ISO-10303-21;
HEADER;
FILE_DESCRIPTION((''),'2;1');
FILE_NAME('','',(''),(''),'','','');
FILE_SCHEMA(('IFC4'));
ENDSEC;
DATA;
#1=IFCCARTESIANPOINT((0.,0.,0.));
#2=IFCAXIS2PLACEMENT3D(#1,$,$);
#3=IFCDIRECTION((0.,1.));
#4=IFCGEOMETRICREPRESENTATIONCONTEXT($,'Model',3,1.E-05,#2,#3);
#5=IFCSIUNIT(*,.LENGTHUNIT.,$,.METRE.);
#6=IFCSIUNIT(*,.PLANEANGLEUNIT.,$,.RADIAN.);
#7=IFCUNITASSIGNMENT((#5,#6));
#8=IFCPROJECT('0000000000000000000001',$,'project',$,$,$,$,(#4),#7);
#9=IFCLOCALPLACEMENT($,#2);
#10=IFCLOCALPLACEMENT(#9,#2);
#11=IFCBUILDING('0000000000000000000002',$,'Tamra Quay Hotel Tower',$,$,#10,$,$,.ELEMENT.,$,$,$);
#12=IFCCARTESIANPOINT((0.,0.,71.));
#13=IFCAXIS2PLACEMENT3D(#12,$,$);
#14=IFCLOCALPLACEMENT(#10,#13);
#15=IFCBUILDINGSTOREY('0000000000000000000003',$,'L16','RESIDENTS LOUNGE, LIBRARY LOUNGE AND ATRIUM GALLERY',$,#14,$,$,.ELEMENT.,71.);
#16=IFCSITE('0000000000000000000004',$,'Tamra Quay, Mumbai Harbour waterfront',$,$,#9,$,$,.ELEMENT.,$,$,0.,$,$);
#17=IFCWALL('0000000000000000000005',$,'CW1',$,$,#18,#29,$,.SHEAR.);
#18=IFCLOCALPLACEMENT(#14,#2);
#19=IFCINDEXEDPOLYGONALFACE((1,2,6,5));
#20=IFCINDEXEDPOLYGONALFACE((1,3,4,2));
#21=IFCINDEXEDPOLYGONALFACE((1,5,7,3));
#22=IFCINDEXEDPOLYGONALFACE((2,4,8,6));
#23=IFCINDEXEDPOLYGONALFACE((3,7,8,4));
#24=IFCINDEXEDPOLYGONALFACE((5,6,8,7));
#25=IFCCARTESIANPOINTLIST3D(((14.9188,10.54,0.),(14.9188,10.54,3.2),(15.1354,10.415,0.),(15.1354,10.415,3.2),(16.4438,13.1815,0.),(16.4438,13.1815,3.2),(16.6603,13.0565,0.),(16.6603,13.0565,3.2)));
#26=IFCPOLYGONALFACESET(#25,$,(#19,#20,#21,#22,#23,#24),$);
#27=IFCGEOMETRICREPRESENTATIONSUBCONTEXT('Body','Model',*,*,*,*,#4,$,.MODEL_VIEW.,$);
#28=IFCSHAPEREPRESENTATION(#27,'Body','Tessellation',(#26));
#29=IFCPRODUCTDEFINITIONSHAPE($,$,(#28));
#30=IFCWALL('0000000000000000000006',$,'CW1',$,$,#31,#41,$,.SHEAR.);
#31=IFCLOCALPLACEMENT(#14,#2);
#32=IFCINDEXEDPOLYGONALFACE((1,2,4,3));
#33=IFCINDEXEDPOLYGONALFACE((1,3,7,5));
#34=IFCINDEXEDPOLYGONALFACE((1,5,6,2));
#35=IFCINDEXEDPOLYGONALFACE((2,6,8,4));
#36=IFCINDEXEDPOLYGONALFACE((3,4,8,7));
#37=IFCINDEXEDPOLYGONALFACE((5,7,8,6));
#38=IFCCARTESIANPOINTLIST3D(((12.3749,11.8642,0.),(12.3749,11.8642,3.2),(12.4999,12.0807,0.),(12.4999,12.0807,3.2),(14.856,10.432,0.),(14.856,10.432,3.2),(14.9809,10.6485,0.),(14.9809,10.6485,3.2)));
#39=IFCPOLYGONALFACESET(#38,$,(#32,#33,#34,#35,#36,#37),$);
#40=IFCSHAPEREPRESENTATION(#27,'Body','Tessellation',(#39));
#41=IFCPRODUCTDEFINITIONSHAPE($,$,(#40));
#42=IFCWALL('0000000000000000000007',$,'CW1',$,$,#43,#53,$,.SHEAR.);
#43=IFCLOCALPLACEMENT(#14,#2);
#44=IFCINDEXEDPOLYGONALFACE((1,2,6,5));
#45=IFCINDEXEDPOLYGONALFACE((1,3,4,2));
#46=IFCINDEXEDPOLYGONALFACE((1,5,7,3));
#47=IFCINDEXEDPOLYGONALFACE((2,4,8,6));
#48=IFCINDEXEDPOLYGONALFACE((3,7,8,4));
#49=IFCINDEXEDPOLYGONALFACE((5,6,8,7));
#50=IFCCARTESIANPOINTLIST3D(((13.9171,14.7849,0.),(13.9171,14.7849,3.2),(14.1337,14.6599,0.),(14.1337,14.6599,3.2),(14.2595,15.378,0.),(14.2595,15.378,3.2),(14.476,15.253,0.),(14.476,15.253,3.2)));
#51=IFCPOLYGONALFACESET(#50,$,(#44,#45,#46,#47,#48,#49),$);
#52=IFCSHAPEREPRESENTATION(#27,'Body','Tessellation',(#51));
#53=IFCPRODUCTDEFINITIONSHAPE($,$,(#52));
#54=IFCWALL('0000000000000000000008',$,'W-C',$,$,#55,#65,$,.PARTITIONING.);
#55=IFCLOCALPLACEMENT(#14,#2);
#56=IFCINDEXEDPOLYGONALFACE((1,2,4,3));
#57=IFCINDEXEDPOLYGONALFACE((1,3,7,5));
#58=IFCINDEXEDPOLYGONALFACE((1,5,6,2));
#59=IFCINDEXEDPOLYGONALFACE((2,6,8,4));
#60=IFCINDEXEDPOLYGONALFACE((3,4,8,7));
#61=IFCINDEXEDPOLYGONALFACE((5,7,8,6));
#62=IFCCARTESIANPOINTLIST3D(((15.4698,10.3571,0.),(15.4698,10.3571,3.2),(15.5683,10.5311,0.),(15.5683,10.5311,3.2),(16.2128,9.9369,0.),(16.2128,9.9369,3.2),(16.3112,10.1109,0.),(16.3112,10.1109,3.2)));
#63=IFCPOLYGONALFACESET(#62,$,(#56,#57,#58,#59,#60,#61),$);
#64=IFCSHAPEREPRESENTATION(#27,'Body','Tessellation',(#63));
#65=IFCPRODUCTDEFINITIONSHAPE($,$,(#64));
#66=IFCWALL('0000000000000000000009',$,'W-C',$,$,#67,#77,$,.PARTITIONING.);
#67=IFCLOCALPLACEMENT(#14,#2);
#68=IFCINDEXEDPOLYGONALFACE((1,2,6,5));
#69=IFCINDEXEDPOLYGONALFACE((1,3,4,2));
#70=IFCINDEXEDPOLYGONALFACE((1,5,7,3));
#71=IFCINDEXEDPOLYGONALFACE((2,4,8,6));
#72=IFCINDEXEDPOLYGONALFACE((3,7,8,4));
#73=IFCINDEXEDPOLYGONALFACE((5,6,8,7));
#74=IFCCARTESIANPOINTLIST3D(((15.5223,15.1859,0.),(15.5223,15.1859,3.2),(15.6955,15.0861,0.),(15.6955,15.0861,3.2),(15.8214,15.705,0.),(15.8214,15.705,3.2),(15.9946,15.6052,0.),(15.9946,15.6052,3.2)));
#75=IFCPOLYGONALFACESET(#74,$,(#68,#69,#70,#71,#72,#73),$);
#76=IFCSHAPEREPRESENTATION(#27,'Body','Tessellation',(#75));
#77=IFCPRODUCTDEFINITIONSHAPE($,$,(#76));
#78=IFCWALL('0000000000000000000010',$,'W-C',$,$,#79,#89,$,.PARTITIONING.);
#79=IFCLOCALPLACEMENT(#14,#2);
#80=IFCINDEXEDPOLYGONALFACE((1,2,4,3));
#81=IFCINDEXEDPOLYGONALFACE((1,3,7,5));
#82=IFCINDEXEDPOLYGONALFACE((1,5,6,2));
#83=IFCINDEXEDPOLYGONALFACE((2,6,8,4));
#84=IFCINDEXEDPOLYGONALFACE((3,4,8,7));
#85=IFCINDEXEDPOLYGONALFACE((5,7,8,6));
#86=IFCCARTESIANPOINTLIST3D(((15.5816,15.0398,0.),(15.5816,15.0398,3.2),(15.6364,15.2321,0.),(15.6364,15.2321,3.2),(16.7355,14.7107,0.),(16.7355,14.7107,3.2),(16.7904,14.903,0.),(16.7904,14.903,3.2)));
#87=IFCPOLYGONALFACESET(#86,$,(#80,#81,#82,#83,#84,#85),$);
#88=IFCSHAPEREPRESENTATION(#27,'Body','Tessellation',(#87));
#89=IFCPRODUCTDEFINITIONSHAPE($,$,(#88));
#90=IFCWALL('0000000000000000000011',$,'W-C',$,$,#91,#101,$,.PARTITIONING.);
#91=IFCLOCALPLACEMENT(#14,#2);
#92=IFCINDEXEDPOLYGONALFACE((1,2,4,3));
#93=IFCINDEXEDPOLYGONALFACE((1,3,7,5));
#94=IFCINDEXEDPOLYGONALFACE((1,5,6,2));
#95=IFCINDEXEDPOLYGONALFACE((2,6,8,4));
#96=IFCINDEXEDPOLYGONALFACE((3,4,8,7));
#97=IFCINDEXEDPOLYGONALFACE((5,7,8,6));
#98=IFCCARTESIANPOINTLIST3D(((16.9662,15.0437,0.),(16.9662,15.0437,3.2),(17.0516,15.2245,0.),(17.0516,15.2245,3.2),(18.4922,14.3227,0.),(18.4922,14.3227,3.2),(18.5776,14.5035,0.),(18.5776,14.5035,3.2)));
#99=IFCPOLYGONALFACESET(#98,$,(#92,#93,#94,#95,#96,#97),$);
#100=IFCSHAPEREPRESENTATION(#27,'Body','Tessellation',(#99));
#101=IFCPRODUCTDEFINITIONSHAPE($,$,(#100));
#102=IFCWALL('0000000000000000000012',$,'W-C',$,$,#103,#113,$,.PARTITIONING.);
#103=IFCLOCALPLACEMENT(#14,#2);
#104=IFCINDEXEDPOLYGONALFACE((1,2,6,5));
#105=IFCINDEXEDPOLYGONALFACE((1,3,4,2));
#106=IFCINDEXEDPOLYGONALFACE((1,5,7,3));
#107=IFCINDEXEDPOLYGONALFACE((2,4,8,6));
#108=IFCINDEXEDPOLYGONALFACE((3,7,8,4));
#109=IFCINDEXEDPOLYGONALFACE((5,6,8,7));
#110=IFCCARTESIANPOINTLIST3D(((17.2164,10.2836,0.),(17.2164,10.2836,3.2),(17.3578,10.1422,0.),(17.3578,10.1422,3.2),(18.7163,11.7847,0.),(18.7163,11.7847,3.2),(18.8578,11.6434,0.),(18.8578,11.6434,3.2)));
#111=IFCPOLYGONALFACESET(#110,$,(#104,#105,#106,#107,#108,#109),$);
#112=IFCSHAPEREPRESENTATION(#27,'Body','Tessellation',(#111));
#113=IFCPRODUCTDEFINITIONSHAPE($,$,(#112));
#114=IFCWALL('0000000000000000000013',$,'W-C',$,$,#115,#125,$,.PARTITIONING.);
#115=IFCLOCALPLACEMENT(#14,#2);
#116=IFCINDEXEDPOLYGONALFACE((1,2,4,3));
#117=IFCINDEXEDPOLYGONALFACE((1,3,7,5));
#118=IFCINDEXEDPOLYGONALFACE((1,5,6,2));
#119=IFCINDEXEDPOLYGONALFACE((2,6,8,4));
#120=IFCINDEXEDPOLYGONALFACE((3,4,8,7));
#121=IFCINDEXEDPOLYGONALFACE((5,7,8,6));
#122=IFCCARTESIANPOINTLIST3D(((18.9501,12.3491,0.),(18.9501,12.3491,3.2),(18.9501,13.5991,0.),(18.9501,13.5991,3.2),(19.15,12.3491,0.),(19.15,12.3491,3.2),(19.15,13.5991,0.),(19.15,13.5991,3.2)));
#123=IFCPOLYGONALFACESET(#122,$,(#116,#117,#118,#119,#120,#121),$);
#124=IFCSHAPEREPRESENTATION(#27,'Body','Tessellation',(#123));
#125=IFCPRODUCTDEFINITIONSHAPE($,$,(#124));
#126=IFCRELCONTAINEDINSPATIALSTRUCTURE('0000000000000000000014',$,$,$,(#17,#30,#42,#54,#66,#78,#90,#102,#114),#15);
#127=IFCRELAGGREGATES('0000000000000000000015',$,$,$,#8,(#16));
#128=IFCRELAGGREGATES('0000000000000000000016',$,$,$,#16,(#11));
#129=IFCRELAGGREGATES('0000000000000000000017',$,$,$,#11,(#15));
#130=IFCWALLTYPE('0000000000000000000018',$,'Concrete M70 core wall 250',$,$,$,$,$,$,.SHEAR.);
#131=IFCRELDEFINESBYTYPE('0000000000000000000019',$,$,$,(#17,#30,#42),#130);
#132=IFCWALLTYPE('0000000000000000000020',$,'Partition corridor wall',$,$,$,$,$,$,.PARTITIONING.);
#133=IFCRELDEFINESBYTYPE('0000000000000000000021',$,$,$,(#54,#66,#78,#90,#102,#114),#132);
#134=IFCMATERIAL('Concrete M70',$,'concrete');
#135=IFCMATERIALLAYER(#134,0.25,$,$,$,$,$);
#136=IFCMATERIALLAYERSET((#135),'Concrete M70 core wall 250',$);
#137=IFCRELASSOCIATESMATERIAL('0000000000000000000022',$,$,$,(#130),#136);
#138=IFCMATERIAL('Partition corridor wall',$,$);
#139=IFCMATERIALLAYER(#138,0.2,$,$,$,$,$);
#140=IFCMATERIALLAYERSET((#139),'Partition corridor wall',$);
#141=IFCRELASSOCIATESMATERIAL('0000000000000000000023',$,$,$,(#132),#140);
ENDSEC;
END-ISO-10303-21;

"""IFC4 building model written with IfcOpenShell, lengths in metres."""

from ifc_helpers import new_model, si_unit, direction, frame, frame_2d, origin, place, context, subcontext, project, spatial, rectangle, extrude, material, layer, layer_set, type_object, element, save


model = new_model("IFC4")

# Units and contexts
model_context = context("Model", 3, precision=1e-05, world=origin(), true_north=direction((0.0, 1.0)))
body_context = subcontext(model_context, "Body", "Model", "MODEL_VIEW")
ifc_project = project(units=[si_unit("LENGTHUNIT", "METRE"), si_unit("PLANEANGLEUNIT", "RADIAN")], contexts=[model_context])

# Site, building, storey
site_placement = place(None, origin())
site = spatial("IfcSite", under=ifc_project, at=site_placement, Name="Tamra Quay, Mumbai Harbour waterfront", CompositionType="ELEMENT", RefElevation=0.0)
building_placement = place(site_placement, origin())
building = spatial("IfcBuilding", under=site, at=building_placement, Name="Tamra Quay Hotel Tower", CompositionType="ELEMENT")
storey_placement = place(building_placement, frame((0.0, 0.0, 71.0)))
storey = spatial("IfcBuildingStorey", under=building, at=storey_placement, Name="L16", Description="RESIDENTS LOUNGE, LIBRARY LOUNGE AND ATRIUM GALLERY", CompositionType="ELEMENT", Elevation=71.0)

# Shared definitions
ifc_material_1 = material(Name="Concrete M70", Category="concrete")

# Walls
ifc_layer_1 = layer(ifc_material_1, 0.25)
ifc_layer_set_1 = layer_set([ifc_layer_1], Name="Concrete M70 core wall 250")
wall_type_1 = type_object("IfcWallType", Name="Concrete M70 core wall 250", PredefinedType="SHEAR", material=ifc_layer_set_1)
wall_1_placement = place(storey_placement, frame((16.552, 13.1189, 0.0), z_axis=(0.0, 0.0, 1.0), x_axis=(-0.499979, -0.866038, 0.0)))
element("IfcWall", 1, at=wall_1_placement, inside=storey, type_object=wall_type_1, Name="CW1", PredefinedType="SHEAR", context=body_context, shape_type="SweptSolid", body=[
    extrude(rectangle(XDim=3.05, YDim=0.25, at=frame_2d((1.5249, 0.0))), origin(), (0.0, 0.0, 1.0), 3.2),
])
wall_2_placement = place(storey_placement, frame((14.9185, 10.5403, 0.0), z_axis=(0.0, 0.0, 1.0), x_axis=(-0.866064, 0.499934, 0.0)))
element("IfcWall", 2, at=wall_2_placement, inside=storey, type_object=wall_type_1, Name="CW1", PredefinedType="SHEAR", context=body_context, shape_type="SweptSolid", body=[
    extrude(rectangle(XDim=2.8647, YDim=0.25, at=frame_2d((1.4324, 0.0))), origin(), (0.0, 0.0, 1.0), 3.2),
])
wall_3_placement = place(storey_placement, frame((14.3677, 15.3154, 0.0), z_axis=(0.0, 0.0, 1.0), x_axis=(-0.499897, -0.866085, 0.0)))
element("IfcWall", 3, at=wall_3_placement, inside=storey, type_object=wall_type_1, Name="CW1", PredefinedType="SHEAR", context=body_context, shape_type="SweptSolid", body=[
    extrude(rectangle(XDim=0.6848, YDim=0.25, at=frame_2d((0.3423, 0.0))), origin(), (0.0, 0.0, 1.0), 3.2),
])
ifc_material_2 = material(Name="Partition corridor wall")
ifc_layer_2 = layer(ifc_material_2, 0.2)
ifc_layer_set_2 = layer_set([ifc_layer_2], Name="Partition corridor wall")
wall_type_2 = type_object("IfcWallType", Name="Partition corridor wall", PredefinedType="PARTITIONING", material=ifc_layer_set_2)
wall_4_placement = place(storey_placement, frame((15.519, 10.4441, 0.0), z_axis=(0.0, 0.0, 1.0), x_axis=(0.870435, -0.492283, 0.0)))
element("IfcWall", 4, at=wall_4_placement, inside=storey, type_object=wall_type_2, Name="W-C", PredefinedType="PARTITIONING", context=body_context, shape_type="SweptSolid", body=[
    extrude(rectangle(XDim=0.8535, YDim=0.2, at=frame_2d((0.4268, 0.0))), origin(), (0.0, 0.0, 1.0), 3.2),
])
wall_5_placement = place(storey_placement, frame((15.6089, 15.136, 0.0), z_axis=(0.0, 0.0, 1.0), x_axis=(0.499252, 0.866457, 0.0)))
element("IfcWall", 5, at=wall_5_placement, inside=storey, type_object=wall_type_2, Name="W-C", PredefinedType="PARTITIONING", context=body_context, shape_type="SweptSolid", body=[
    extrude(rectangle(XDim=0.5991, YDim=0.2, at=frame_2d((0.2996, 0.0))), origin(), (0.0, 0.0, 1.0), 3.2),
])
wall_6_placement = place(storey_placement, frame((15.6089, 15.136, 0.0), z_axis=(0.0, 0.0, 1.0), x_axis=(0.961662, -0.274237, 0.0)))
element("IfcWall", 6, at=wall_6_placement, inside=storey, type_object=wall_type_2, Name="W-C", PredefinedType="PARTITIONING", context=body_context, shape_type="SweptSolid", body=[
    extrude(rectangle(XDim=1.2, YDim=0.2, at=frame_2d((0.6001, 0.0))), origin(), (0.0, 0.0, 1.0), 3.2),
])
wall_7_placement = place(storey_placement, frame((17.009, 15.134, 0.0), z_axis=(0.0, 0.0, 1.0), x_axis=(0.904159, -0.427197, 0.0)))
element("IfcWall", 7, at=wall_7_placement, inside=storey, type_object=wall_type_2, Name="W-C", PredefinedType="PARTITIONING", context=body_context, shape_type="SweptSolid", body=[
    extrude(rectangle(XDim=1.6877, YDim=0.2, at=frame_2d((0.8438, 0.0))), origin(), (0.0, 0.0, 1.0), 3.2),
])
wall_8_placement = place(storey_placement, frame((17.2871, 10.2129, 0.0), z_axis=(0.0, 0.0, 1.0), x_axis=(0.706819, 0.707394, 0.0)))
element("IfcWall", 8, at=wall_8_placement, inside=storey, type_object=wall_type_2, Name="W-C", PredefinedType="PARTITIONING", context=body_context, shape_type="SweptSolid", body=[
    extrude(rectangle(XDim=2.1221, YDim=0.2, at=frame_2d((1.061, 0.0))), origin(), (0.0, 0.0, 1.0), 3.2),
])
wall_9_placement = place(storey_placement, frame((19.05, 12.3491, 0.0), z_axis=(0.0, 0.0, 1.0), x_axis=(0.0, 1.0, 0.0)))
element("IfcWall", 9, at=wall_9_placement, inside=storey, type_object=wall_type_2, Name="W-C", PredefinedType="PARTITIONING", context=body_context, shape_type="SweptSolid", body=[
    extrude(rectangle(XDim=1.25, YDim=0.2, at=frame_2d((0.625, 0.0))), origin(), (0.0, 0.0, 1.0), 3.2),
])

save(model, "model.ifc")
